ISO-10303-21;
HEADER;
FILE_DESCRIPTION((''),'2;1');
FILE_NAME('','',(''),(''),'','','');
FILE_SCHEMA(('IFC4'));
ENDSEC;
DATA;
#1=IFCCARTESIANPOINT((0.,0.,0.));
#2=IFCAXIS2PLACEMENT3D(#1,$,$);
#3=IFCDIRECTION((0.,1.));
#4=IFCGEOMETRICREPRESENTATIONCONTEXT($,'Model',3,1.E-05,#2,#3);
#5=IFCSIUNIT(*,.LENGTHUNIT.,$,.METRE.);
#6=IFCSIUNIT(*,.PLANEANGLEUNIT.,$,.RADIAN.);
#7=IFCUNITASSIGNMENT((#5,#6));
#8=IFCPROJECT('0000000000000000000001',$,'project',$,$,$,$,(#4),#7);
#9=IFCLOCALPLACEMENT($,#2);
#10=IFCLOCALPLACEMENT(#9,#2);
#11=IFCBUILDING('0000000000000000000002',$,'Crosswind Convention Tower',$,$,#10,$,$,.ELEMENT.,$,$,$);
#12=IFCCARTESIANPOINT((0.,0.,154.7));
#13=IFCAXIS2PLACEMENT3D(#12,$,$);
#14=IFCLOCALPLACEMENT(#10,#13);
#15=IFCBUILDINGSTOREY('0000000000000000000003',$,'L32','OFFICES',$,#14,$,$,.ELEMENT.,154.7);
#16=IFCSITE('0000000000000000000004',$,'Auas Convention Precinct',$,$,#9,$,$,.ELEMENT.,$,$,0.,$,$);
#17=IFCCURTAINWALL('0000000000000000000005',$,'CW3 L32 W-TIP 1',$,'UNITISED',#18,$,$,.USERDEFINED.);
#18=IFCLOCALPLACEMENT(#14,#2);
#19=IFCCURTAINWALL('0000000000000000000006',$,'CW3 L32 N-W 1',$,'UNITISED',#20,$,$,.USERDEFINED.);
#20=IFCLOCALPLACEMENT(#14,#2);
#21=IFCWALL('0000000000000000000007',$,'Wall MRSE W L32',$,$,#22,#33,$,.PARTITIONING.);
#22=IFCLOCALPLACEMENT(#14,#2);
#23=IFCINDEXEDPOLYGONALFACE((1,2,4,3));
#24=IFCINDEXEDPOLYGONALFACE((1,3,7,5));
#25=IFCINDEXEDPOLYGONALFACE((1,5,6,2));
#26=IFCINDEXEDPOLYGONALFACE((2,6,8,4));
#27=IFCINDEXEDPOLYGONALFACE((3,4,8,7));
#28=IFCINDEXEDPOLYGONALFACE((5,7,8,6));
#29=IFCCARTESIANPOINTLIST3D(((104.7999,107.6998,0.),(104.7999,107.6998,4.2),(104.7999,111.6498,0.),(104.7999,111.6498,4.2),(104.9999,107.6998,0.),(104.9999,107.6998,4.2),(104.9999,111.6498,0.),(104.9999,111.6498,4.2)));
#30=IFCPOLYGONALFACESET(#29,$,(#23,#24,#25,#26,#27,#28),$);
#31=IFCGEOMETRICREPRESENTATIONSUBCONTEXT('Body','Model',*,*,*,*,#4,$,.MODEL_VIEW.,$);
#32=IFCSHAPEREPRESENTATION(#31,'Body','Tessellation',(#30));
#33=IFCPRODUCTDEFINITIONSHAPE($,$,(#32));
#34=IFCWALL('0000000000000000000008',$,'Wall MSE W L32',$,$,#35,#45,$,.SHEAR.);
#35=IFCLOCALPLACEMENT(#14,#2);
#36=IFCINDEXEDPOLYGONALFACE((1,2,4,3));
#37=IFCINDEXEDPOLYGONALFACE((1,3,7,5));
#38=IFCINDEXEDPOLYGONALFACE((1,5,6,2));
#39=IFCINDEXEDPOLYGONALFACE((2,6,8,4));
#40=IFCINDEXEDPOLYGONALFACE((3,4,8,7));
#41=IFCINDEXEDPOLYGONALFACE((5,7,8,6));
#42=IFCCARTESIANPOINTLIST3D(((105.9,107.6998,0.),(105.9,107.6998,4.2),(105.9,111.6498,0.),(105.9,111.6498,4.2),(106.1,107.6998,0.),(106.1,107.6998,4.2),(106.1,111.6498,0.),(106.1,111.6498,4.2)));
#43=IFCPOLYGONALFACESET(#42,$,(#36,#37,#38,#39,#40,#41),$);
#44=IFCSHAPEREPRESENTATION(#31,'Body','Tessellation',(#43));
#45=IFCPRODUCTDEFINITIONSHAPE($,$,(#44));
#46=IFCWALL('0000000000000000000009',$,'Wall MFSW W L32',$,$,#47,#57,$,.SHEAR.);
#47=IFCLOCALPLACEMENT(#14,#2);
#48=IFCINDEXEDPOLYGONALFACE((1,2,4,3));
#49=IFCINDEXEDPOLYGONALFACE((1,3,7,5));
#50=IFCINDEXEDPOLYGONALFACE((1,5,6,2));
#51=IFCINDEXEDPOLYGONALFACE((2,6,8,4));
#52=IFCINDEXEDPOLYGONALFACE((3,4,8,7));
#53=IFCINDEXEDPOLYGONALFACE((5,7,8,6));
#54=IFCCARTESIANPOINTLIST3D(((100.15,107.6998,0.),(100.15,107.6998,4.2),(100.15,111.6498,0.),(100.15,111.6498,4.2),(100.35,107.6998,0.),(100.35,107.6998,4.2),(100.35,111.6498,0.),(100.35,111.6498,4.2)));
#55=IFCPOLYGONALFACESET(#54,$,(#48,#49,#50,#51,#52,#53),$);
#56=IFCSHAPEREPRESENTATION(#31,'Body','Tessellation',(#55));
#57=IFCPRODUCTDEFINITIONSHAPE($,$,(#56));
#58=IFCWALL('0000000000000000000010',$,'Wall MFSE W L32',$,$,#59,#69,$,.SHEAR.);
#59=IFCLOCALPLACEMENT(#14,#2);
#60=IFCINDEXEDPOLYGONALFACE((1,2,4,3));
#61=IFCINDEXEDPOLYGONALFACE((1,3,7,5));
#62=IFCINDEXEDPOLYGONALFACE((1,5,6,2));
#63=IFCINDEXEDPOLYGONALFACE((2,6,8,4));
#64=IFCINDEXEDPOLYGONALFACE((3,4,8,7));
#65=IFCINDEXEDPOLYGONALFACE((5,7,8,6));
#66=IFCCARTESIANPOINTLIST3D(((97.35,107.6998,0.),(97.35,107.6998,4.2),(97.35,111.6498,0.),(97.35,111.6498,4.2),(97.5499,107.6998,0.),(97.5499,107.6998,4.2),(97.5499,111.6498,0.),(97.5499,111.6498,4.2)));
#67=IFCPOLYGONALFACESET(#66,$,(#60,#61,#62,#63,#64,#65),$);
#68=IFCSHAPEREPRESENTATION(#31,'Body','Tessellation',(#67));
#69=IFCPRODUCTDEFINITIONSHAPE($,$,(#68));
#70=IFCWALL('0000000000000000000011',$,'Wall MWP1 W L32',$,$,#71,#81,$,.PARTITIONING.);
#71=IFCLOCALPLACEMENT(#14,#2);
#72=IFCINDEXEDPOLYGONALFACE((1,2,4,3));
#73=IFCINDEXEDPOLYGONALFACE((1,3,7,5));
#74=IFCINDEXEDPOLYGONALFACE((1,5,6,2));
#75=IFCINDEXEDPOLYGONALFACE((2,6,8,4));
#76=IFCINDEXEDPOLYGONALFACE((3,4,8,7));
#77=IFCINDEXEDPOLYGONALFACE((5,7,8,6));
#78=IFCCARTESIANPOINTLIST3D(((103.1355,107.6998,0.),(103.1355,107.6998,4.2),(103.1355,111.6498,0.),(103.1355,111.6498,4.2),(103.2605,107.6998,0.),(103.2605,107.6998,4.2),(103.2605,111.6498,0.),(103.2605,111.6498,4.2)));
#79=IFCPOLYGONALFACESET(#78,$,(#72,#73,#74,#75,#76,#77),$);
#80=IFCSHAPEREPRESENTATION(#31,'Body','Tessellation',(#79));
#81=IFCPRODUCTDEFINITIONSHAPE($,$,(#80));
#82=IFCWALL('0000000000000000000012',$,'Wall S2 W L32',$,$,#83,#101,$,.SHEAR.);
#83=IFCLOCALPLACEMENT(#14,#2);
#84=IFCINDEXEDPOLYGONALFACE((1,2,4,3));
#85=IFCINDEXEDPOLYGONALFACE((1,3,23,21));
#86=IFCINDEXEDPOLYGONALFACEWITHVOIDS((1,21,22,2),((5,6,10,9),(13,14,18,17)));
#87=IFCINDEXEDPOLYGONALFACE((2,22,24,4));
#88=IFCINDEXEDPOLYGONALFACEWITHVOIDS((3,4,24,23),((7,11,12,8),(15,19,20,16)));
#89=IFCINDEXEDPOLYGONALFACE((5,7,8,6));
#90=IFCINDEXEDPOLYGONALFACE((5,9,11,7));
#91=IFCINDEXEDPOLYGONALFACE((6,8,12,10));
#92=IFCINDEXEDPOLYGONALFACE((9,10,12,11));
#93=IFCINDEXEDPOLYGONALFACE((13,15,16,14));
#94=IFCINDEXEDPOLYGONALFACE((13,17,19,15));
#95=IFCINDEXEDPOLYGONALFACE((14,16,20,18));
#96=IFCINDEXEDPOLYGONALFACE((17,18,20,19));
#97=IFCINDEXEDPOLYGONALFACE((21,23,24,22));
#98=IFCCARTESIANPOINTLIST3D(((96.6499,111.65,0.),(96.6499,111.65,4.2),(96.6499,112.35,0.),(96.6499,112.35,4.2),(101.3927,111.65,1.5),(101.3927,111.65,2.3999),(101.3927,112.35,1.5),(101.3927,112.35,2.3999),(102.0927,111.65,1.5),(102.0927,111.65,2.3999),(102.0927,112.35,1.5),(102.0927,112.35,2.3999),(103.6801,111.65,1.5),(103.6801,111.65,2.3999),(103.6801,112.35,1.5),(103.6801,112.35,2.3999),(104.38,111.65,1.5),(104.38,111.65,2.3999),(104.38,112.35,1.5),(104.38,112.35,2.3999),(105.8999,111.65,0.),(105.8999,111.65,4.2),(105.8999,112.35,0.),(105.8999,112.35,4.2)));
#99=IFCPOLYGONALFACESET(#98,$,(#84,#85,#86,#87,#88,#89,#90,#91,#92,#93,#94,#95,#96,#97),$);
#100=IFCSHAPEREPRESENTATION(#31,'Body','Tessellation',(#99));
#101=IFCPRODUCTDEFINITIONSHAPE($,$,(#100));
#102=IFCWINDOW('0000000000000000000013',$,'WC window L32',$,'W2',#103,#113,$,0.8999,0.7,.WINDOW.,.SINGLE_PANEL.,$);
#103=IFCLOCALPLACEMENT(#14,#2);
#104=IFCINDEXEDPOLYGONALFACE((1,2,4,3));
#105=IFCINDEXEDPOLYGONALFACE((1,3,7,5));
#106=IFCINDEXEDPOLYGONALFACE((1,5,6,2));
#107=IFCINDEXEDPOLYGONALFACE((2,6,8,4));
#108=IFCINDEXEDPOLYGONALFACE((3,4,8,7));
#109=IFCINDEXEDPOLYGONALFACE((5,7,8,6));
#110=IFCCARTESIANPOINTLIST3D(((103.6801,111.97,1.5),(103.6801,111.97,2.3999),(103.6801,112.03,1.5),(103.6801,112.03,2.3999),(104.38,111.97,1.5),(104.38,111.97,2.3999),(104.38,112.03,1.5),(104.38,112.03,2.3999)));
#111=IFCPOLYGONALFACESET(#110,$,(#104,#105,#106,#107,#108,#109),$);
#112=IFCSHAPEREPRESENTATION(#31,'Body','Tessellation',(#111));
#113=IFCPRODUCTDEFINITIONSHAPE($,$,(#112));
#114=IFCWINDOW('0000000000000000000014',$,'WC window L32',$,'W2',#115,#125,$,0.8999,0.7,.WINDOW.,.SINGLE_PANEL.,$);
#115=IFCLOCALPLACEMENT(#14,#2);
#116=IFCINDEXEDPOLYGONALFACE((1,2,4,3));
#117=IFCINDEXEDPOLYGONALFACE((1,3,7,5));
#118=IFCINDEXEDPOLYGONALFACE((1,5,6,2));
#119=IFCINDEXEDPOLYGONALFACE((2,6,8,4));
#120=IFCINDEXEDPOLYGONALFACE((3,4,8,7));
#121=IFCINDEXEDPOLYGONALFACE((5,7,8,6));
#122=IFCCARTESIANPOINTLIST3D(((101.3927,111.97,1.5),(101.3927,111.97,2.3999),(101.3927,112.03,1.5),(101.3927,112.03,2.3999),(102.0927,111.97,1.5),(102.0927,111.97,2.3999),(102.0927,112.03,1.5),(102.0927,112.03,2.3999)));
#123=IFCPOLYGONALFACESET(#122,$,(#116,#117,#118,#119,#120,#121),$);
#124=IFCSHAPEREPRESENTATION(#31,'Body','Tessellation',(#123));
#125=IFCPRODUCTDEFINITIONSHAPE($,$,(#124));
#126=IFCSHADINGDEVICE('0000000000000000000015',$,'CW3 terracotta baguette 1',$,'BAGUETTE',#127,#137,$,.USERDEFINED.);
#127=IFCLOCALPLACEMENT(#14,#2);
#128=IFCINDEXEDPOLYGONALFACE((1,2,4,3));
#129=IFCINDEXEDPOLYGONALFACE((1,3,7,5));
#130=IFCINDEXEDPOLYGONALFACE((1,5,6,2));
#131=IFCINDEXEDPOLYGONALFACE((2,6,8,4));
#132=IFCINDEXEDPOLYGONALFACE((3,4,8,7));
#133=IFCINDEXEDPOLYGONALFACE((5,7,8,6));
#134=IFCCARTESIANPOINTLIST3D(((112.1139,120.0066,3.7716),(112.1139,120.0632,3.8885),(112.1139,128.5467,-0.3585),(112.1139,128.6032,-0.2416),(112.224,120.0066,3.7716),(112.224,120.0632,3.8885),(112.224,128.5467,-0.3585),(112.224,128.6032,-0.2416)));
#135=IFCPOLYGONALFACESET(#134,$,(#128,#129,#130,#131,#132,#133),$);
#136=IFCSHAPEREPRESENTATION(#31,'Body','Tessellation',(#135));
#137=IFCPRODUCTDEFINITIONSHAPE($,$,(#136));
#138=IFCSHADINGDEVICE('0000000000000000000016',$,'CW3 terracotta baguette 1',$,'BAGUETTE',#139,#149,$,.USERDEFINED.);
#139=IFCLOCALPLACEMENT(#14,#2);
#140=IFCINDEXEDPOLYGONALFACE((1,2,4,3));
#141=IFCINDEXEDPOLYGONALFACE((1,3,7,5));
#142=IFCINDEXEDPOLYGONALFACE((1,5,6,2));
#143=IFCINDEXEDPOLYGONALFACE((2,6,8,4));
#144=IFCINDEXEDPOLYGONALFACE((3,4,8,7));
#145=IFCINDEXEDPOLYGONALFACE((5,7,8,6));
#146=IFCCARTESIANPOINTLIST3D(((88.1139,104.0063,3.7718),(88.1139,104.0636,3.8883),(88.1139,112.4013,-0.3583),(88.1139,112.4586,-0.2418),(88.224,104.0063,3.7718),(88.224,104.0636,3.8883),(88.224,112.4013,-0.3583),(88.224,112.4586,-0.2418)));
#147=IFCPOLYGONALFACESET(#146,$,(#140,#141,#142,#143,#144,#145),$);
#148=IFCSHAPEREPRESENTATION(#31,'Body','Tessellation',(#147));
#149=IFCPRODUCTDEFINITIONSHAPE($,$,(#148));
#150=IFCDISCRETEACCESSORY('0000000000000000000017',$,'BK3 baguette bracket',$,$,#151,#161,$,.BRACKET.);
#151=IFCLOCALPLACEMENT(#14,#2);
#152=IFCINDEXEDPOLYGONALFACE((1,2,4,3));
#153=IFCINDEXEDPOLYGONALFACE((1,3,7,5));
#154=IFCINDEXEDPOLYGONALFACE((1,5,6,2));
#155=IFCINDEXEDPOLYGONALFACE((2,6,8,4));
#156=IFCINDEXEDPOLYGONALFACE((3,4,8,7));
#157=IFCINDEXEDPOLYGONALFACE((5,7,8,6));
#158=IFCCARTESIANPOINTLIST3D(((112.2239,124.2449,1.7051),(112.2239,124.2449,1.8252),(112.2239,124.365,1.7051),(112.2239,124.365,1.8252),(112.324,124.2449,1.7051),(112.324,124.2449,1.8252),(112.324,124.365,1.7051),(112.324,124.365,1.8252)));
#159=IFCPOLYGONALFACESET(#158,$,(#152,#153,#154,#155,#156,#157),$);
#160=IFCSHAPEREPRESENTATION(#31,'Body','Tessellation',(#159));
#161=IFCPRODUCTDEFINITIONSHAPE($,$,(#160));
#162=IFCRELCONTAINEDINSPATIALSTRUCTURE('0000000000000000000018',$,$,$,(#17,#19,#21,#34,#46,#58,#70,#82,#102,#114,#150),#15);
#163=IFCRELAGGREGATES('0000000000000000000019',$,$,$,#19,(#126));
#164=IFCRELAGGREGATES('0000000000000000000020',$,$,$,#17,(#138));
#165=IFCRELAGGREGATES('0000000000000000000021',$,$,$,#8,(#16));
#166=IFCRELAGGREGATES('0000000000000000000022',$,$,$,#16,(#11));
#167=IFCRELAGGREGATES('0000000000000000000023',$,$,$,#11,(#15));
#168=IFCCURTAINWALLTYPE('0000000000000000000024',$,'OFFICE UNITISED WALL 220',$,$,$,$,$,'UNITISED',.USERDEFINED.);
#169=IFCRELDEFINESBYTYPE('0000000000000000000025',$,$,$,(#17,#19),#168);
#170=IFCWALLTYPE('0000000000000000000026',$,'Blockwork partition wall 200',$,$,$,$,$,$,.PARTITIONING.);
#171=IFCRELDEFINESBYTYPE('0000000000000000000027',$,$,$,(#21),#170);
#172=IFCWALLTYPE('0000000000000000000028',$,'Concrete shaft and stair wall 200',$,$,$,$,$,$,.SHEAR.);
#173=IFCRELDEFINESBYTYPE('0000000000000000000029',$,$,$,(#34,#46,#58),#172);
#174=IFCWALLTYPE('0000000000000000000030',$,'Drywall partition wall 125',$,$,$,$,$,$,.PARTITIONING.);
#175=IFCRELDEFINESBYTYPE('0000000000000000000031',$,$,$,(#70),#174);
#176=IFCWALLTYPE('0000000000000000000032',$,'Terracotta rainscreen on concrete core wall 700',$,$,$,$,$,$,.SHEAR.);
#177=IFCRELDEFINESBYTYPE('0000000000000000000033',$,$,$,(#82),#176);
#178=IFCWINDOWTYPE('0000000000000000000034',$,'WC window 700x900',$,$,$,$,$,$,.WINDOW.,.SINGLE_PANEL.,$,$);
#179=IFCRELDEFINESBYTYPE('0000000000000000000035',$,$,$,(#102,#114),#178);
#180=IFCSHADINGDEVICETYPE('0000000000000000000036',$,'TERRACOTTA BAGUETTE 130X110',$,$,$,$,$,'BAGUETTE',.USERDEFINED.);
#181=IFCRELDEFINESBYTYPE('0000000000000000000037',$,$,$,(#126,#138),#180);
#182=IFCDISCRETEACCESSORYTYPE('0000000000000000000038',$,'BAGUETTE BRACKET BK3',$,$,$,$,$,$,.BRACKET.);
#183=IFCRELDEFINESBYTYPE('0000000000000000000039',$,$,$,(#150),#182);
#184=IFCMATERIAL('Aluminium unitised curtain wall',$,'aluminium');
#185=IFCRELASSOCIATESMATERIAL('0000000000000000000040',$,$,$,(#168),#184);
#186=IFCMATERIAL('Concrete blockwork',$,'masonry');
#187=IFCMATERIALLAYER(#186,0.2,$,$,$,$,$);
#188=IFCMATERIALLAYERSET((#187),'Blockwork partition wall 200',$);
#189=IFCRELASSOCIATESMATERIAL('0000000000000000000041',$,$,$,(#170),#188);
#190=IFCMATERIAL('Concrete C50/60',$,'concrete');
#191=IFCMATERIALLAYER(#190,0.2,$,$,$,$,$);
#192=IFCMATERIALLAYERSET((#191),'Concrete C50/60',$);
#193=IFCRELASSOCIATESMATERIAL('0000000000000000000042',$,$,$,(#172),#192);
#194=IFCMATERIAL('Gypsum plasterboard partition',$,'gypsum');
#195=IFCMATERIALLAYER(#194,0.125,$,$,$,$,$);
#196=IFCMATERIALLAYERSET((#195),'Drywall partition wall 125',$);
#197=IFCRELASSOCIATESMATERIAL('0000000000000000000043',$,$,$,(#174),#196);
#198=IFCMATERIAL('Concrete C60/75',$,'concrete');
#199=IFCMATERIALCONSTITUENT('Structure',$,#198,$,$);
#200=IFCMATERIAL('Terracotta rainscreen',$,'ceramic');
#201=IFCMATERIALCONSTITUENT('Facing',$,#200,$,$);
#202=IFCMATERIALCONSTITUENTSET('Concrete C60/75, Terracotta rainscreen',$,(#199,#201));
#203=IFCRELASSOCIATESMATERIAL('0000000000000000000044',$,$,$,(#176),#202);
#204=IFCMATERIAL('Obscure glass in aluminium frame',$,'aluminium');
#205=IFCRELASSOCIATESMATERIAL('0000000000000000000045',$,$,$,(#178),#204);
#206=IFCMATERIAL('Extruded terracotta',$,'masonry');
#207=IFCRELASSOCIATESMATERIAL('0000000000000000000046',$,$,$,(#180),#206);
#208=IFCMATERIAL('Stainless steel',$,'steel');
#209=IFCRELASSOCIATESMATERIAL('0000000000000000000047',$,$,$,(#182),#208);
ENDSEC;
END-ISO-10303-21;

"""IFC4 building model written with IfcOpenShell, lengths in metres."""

from ifc_helpers import new_model, si_unit, direction, frame, frame_2d, origin, origin_2d, place, context, subcontext, project, spatial, rectangle, extrude, material, layer, layer_set, constituent, constituent_set, material_profile, profile_set, type_object, element, fill, aggregate, save


model = new_model("IFC4")

# Units and contexts
model_context = context("Model", 3, precision=1e-05, world=origin(), true_north=direction((0.0, 1.0)))
body_context = subcontext(model_context, "Body", "Model", "MODEL_VIEW")
ifc_project = project(units=[si_unit("LENGTHUNIT", "METRE"), si_unit("PLANEANGLEUNIT", "RADIAN")], contexts=[model_context])

# Site, building, storey
site_placement = place(None, origin())
site = spatial("IfcSite", under=ifc_project, at=site_placement, Name="Auas Convention Precinct", CompositionType="ELEMENT", RefElevation=0.0)
building_placement = place(site_placement, origin())
building = spatial("IfcBuilding", under=site, at=building_placement, Name="Crosswind Convention Tower", CompositionType="ELEMENT")
storey_placement = place(building_placement, frame((0.0, 0.0, 154.7)))
storey = spatial("IfcBuildingStorey", under=building, at=storey_placement, Name="L32", Description="OFFICES", CompositionType="ELEMENT", Elevation=154.7)

# Shared definitions
ifc_material_1 = material(Name="Concrete C60/75", Category="concrete")

# Shared definitions
ifc_material_2 = material(Name="Aluminium unitised curtain wall", Category="aluminium")

# Curtain wall
curtain_wall_type_1 = type_object("IfcCurtainWallType", Name="OFFICE UNITISED WALL 220", ElementType="UNITISED", PredefinedType="USERDEFINED", material=ifc_material_2)
curtain_wall_1_placement = place(storey_placement, origin())
curtain_wall_1 = element("IfcCurtainWall", 1, at=curtain_wall_1_placement, inside=storey, type_object=curtain_wall_type_1, Name="CW3 L32 W-TIP 1", ObjectType="UNITISED", PredefinedType="USERDEFINED")

# Curtain wall
curtain_wall_2_placement = place(storey_placement, origin())
curtain_wall_2 = element("IfcCurtainWall", 2, at=curtain_wall_2_placement, inside=storey, type_object=curtain_wall_type_1, Name="CW3 L32 N-W 1", ObjectType="UNITISED", PredefinedType="USERDEFINED")

# Wall
ifc_material_3 = material(Name="Concrete blockwork", Category="masonry")
ifc_layer_1 = layer(ifc_material_3, 0.2)
ifc_layer_set_1 = layer_set([ifc_layer_1], Name="Blockwork partition wall 200")
wall_type_1 = type_object("IfcWallType", Name="Blockwork partition wall 200", PredefinedType="PARTITIONING", material=ifc_layer_set_1)
wall_1_placement = place(storey_placement, frame((104.8999, 111.6499, 0.0), z_axis=(0.0, 0.0, 1.0), x_axis=(0.0, -1.0, 0.0)))
element("IfcWall", 3, at=wall_1_placement, inside=storey, type_object=wall_type_1, Name="Wall MRSE W L32", PredefinedType="PARTITIONING", context=body_context, shape_type="SweptSolid", body=[
    extrude(rectangle(XDim=3.95, YDim=0.2, at=frame_2d((1.9751, 0.0))), origin(), (0.0, 0.0, 1.0), 4.2),
])

# Walls
ifc_material_4 = material(Name="Concrete C50/60", Category="concrete")
ifc_layer_2 = layer(ifc_material_4, 0.2)
ifc_layer_set_2 = layer_set([ifc_layer_2], Name="Concrete C50/60")
wall_type_2 = type_object("IfcWallType", Name="Concrete shaft and stair wall 200", PredefinedType="SHEAR", material=ifc_layer_set_2)
for number, where, z_axis, x_axis, name in (
    (4, (106.0, 111.6499, 0.0), (0.0, 0.0, 1.0), (0.0, -1.0, 0.0), "Wall MSE W L32"),
    (5, (100.25, 111.6499, 0.0), (0.0, 0.0, 1.0), (0.0, -1.0, 0.0), "Wall MFSW W L32"),
    (6, (97.45, 111.6499, 0.0), (0.0, 0.0, 1.0), (0.0, -1.0, 0.0), "Wall MFSE W L32"),
):
    element("IfcWall", number, at=place(storey_placement, frame(where, z_axis=z_axis, x_axis=x_axis)), inside=storey, type_object=wall_type_2, Name=name, PredefinedType="SHEAR", context=body_context, shape_type="SweptSolid", body=[
        extrude(rectangle(XDim=3.95, YDim=0.2, at=frame_2d((1.9751, 0.0))), origin(), (0.0, 0.0, 1.0), 4.2),
    ])
ifc_material_5 = material(Name="Gypsum plasterboard partition", Category="gypsum")
ifc_layer_3 = layer(ifc_material_5, 0.125)
ifc_layer_set_3 = layer_set([ifc_layer_3], Name="Drywall partition wall 125")
wall_type_3 = type_object("IfcWallType", Name="Drywall partition wall 125", PredefinedType="PARTITIONING", material=ifc_layer_set_3)
wall_2_placement = place(storey_placement, frame((103.198, 111.6499, 0.0), z_axis=(0.0, 0.0, 1.0), x_axis=(0.0, -1.0, 0.0)))
element("IfcWall", 7, at=wall_2_placement, inside=storey, type_object=wall_type_3, Name="Wall MWP1 W L32", PredefinedType="PARTITIONING", context=body_context, shape_type="SweptSolid", body=[
    extrude(rectangle(XDim=3.95, YDim=0.125, at=frame_2d((1.9751, 0.0))), origin(), (0.0, 0.0, 1.0), 4.2),
])

# Wall, openings, windows
ifc_constituent_1 = constituent(ifc_material_1, Name="Structure")
ifc_material_6 = material(Name="Terracotta rainscreen", Category="ceramic")
ifc_constituent_2 = constituent(ifc_material_6, Name="Facing")
ifc_constituent_set = constituent_set(constituents=[ifc_constituent_1, ifc_constituent_2], Name="Concrete C60/75, Terracotta rainscreen")
wall_type_4 = type_object("IfcWallType", Name="Terracotta rainscreen on concrete core wall 700", PredefinedType="SHEAR", material=ifc_constituent_set)
wall_3_placement = place(storey_placement, frame((105.8999, 112.0, 0.0), z_axis=(0.0, 0.0, 1.0), x_axis=(-1.0, 0.0, 0.0)))
wall_3 = element("IfcWall", 8, at=wall_3_placement, inside=storey, type_object=wall_type_4, Name="Wall S2 W L32", PredefinedType="SHEAR", context=body_context, shape_type="SweptSolid", body=[
    extrude(rectangle(XDim=9.25, YDim=0.7, at=frame_2d((4.625, 0.0))), origin(), (0.0, 0.0, 1.0), 4.2),
])
opening_1_placement = place(wall_3_placement, frame((1.5198, 0.0, 1.5)))
opening_1 = element("IfcOpeningElement", 9, at=opening_1_placement, cuts=wall_3, PredefinedType="OPENING", context=body_context, shape_type="SweptSolid", body=[
    extrude(rectangle(XDim=0.7, YDim=0.8999, at=frame_2d((0.3501, 0.45))), frame((0.0, 0.3599, 0.0), z_axis=(0.0, -1.0, 0.0), x_axis=(1.0, 0.0, 0.0)), (0.0, 0.0, 1.0), 0.72),
])
opening_2_placement = place(wall_3_placement, frame((3.8071, 0.0, 1.5)))
opening_2 = element("IfcOpeningElement", 10, at=opening_2_placement, cuts=wall_3, PredefinedType="OPENING", context=body_context, shape_type="SweptSolid", body=[
    extrude(rectangle(XDim=0.7, YDim=0.8999, at=frame_2d((0.3501, 0.45))), frame((0.0, 0.3599, 0.0), z_axis=(0.0, -1.0, 0.0), x_axis=(1.0, 0.0, 0.0)), (0.0, 0.0, 1.0), 0.72),
])
ifc_material_7 = material(Name="Obscure glass in aluminium frame", Category="aluminium")
window_type = type_object("IfcWindowType", Name="WC window 700x900", PartitioningType="SINGLE_PANEL", PredefinedType="WINDOW", material=ifc_material_7)
window_1_placement = place(opening_1_placement, origin())
window_1 = element("IfcWindow", 11, at=window_1_placement, inside=storey, type_object=window_type, Name="WC window L32", ObjectType="W2", OverallHeight=0.8999, OverallWidth=0.7, PartitioningType="SINGLE_PANEL", PredefinedType="WINDOW", context=body_context, shape_type="SweptSolid", body=[
    extrude(rectangle(XDim=0.7, YDim=0.8999, at=frame_2d((0.3501, 0.45))), frame((0.0, 0.03, 0.0), z_axis=(0.0, -1.0, 0.0), x_axis=(1.0, 0.0, 0.0)), (0.0, 0.0, 1.0), 0.0601),
])
fill(opening_1, window_1)
window_2_placement = place(opening_2_placement, origin())
window_2 = element("IfcWindow", 12, at=window_2_placement, inside=storey, type_object=window_type, Name="WC window L32", ObjectType="W2", OverallHeight=0.8999, OverallWidth=0.7, PartitioningType="SINGLE_PANEL", PredefinedType="WINDOW", context=body_context, shape_type="SweptSolid", body=[
    extrude(rectangle(XDim=0.7, YDim=0.8999, at=frame_2d((0.3501, 0.45))), frame((0.0, 0.03, 0.0), z_axis=(0.0, -1.0, 0.0), x_axis=(1.0, 0.0, 0.0)), (0.0, 0.0, 1.0), 0.0601),
])
fill(opening_2, window_2)

# Shading devices
ifc_material_8 = material(Name="Extruded terracotta", Category="masonry")
ifc_material_profile_1 = material_profile(ifc_material_8, rectangle(XDim=0.1101, YDim=0.1299, at=origin_2d()), Name="TC 110X130")
ifc_profile_set_1 = profile_set([ifc_material_profile_1], Name="Extruded terracotta")
shading_device_type = type_object("IfcShadingDeviceType", Name="TERRACOTTA BAGUETTE 130X110", ElementType="BAGUETTE", PredefinedType="USERDEFINED", material=ifc_profile_set_1)
shading_device_1_placement = place(storey_placement, frame((112.1689, 128.575, -0.3), z_axis=(0.0, -0.900248, 0.435377), x_axis=(1.0, 0.0, 0.0)))
shading_device_1 = element("IfcShadingDevice", 13, at=shading_device_1_placement, type_object=shading_device_type, Name="CW3 terracotta baguette 1", ObjectType="BAGUETTE", PredefinedType="USERDEFINED", context=body_context, shape_type="SweptSolid", body=[
    extrude(rectangle(XDim=0.1101, YDim=0.1299, at=origin_2d()), origin(), (0.0, 0.0, 1.0), 9.4863),
])
aggregate(curtain_wall_2, [shading_device_1])
shading_device_2_placement = place(storey_placement, frame((88.1689, 112.4299, -0.3), z_axis=(0.0, -0.897289, 0.441443), x_axis=(1.0, 0.0, 0.0)))
shading_device_2 = element("IfcShadingDevice", 14, at=shading_device_2_placement, type_object=shading_device_type, Name="CW3 terracotta baguette 1", ObjectType="BAGUETTE", PredefinedType="USERDEFINED", context=body_context, shape_type="SweptSolid", body=[
    extrude(rectangle(XDim=0.1101, YDim=0.1299, at=origin_2d()), origin(), (0.0, 0.0, 1.0), 9.356),
])
aggregate(curtain_wall_1, [shading_device_2])

# Discrete accessory
ifc_material_9 = material(Name="Stainless steel", Category="steel")
discrete_accessory_type = type_object("IfcDiscreteAccessoryType", Name="BAGUETTE BRACKET BK3", PredefinedType="BRACKET", material=ifc_material_9)
discrete_accessory_placement = place(storey_placement, frame((112.2739, 124.3049, 1.7051), z_axis=(0.0, 0.0, 1.0), x_axis=(0.0, -1.0, 0.0)))
element("IfcDiscreteAccessory", 15, at=discrete_accessory_placement, inside=storey, type_object=discrete_accessory_type, Name="BK3 baguette bracket", PredefinedType="BRACKET", context=body_context, shape_type="SweptSolid", body=[
    extrude(rectangle(XDim=0.1201, YDim=0.1001, at=origin_2d()), origin(), (0.0, 0.0, 1.0), 0.1201),
])

save(model, "model.ifc")
